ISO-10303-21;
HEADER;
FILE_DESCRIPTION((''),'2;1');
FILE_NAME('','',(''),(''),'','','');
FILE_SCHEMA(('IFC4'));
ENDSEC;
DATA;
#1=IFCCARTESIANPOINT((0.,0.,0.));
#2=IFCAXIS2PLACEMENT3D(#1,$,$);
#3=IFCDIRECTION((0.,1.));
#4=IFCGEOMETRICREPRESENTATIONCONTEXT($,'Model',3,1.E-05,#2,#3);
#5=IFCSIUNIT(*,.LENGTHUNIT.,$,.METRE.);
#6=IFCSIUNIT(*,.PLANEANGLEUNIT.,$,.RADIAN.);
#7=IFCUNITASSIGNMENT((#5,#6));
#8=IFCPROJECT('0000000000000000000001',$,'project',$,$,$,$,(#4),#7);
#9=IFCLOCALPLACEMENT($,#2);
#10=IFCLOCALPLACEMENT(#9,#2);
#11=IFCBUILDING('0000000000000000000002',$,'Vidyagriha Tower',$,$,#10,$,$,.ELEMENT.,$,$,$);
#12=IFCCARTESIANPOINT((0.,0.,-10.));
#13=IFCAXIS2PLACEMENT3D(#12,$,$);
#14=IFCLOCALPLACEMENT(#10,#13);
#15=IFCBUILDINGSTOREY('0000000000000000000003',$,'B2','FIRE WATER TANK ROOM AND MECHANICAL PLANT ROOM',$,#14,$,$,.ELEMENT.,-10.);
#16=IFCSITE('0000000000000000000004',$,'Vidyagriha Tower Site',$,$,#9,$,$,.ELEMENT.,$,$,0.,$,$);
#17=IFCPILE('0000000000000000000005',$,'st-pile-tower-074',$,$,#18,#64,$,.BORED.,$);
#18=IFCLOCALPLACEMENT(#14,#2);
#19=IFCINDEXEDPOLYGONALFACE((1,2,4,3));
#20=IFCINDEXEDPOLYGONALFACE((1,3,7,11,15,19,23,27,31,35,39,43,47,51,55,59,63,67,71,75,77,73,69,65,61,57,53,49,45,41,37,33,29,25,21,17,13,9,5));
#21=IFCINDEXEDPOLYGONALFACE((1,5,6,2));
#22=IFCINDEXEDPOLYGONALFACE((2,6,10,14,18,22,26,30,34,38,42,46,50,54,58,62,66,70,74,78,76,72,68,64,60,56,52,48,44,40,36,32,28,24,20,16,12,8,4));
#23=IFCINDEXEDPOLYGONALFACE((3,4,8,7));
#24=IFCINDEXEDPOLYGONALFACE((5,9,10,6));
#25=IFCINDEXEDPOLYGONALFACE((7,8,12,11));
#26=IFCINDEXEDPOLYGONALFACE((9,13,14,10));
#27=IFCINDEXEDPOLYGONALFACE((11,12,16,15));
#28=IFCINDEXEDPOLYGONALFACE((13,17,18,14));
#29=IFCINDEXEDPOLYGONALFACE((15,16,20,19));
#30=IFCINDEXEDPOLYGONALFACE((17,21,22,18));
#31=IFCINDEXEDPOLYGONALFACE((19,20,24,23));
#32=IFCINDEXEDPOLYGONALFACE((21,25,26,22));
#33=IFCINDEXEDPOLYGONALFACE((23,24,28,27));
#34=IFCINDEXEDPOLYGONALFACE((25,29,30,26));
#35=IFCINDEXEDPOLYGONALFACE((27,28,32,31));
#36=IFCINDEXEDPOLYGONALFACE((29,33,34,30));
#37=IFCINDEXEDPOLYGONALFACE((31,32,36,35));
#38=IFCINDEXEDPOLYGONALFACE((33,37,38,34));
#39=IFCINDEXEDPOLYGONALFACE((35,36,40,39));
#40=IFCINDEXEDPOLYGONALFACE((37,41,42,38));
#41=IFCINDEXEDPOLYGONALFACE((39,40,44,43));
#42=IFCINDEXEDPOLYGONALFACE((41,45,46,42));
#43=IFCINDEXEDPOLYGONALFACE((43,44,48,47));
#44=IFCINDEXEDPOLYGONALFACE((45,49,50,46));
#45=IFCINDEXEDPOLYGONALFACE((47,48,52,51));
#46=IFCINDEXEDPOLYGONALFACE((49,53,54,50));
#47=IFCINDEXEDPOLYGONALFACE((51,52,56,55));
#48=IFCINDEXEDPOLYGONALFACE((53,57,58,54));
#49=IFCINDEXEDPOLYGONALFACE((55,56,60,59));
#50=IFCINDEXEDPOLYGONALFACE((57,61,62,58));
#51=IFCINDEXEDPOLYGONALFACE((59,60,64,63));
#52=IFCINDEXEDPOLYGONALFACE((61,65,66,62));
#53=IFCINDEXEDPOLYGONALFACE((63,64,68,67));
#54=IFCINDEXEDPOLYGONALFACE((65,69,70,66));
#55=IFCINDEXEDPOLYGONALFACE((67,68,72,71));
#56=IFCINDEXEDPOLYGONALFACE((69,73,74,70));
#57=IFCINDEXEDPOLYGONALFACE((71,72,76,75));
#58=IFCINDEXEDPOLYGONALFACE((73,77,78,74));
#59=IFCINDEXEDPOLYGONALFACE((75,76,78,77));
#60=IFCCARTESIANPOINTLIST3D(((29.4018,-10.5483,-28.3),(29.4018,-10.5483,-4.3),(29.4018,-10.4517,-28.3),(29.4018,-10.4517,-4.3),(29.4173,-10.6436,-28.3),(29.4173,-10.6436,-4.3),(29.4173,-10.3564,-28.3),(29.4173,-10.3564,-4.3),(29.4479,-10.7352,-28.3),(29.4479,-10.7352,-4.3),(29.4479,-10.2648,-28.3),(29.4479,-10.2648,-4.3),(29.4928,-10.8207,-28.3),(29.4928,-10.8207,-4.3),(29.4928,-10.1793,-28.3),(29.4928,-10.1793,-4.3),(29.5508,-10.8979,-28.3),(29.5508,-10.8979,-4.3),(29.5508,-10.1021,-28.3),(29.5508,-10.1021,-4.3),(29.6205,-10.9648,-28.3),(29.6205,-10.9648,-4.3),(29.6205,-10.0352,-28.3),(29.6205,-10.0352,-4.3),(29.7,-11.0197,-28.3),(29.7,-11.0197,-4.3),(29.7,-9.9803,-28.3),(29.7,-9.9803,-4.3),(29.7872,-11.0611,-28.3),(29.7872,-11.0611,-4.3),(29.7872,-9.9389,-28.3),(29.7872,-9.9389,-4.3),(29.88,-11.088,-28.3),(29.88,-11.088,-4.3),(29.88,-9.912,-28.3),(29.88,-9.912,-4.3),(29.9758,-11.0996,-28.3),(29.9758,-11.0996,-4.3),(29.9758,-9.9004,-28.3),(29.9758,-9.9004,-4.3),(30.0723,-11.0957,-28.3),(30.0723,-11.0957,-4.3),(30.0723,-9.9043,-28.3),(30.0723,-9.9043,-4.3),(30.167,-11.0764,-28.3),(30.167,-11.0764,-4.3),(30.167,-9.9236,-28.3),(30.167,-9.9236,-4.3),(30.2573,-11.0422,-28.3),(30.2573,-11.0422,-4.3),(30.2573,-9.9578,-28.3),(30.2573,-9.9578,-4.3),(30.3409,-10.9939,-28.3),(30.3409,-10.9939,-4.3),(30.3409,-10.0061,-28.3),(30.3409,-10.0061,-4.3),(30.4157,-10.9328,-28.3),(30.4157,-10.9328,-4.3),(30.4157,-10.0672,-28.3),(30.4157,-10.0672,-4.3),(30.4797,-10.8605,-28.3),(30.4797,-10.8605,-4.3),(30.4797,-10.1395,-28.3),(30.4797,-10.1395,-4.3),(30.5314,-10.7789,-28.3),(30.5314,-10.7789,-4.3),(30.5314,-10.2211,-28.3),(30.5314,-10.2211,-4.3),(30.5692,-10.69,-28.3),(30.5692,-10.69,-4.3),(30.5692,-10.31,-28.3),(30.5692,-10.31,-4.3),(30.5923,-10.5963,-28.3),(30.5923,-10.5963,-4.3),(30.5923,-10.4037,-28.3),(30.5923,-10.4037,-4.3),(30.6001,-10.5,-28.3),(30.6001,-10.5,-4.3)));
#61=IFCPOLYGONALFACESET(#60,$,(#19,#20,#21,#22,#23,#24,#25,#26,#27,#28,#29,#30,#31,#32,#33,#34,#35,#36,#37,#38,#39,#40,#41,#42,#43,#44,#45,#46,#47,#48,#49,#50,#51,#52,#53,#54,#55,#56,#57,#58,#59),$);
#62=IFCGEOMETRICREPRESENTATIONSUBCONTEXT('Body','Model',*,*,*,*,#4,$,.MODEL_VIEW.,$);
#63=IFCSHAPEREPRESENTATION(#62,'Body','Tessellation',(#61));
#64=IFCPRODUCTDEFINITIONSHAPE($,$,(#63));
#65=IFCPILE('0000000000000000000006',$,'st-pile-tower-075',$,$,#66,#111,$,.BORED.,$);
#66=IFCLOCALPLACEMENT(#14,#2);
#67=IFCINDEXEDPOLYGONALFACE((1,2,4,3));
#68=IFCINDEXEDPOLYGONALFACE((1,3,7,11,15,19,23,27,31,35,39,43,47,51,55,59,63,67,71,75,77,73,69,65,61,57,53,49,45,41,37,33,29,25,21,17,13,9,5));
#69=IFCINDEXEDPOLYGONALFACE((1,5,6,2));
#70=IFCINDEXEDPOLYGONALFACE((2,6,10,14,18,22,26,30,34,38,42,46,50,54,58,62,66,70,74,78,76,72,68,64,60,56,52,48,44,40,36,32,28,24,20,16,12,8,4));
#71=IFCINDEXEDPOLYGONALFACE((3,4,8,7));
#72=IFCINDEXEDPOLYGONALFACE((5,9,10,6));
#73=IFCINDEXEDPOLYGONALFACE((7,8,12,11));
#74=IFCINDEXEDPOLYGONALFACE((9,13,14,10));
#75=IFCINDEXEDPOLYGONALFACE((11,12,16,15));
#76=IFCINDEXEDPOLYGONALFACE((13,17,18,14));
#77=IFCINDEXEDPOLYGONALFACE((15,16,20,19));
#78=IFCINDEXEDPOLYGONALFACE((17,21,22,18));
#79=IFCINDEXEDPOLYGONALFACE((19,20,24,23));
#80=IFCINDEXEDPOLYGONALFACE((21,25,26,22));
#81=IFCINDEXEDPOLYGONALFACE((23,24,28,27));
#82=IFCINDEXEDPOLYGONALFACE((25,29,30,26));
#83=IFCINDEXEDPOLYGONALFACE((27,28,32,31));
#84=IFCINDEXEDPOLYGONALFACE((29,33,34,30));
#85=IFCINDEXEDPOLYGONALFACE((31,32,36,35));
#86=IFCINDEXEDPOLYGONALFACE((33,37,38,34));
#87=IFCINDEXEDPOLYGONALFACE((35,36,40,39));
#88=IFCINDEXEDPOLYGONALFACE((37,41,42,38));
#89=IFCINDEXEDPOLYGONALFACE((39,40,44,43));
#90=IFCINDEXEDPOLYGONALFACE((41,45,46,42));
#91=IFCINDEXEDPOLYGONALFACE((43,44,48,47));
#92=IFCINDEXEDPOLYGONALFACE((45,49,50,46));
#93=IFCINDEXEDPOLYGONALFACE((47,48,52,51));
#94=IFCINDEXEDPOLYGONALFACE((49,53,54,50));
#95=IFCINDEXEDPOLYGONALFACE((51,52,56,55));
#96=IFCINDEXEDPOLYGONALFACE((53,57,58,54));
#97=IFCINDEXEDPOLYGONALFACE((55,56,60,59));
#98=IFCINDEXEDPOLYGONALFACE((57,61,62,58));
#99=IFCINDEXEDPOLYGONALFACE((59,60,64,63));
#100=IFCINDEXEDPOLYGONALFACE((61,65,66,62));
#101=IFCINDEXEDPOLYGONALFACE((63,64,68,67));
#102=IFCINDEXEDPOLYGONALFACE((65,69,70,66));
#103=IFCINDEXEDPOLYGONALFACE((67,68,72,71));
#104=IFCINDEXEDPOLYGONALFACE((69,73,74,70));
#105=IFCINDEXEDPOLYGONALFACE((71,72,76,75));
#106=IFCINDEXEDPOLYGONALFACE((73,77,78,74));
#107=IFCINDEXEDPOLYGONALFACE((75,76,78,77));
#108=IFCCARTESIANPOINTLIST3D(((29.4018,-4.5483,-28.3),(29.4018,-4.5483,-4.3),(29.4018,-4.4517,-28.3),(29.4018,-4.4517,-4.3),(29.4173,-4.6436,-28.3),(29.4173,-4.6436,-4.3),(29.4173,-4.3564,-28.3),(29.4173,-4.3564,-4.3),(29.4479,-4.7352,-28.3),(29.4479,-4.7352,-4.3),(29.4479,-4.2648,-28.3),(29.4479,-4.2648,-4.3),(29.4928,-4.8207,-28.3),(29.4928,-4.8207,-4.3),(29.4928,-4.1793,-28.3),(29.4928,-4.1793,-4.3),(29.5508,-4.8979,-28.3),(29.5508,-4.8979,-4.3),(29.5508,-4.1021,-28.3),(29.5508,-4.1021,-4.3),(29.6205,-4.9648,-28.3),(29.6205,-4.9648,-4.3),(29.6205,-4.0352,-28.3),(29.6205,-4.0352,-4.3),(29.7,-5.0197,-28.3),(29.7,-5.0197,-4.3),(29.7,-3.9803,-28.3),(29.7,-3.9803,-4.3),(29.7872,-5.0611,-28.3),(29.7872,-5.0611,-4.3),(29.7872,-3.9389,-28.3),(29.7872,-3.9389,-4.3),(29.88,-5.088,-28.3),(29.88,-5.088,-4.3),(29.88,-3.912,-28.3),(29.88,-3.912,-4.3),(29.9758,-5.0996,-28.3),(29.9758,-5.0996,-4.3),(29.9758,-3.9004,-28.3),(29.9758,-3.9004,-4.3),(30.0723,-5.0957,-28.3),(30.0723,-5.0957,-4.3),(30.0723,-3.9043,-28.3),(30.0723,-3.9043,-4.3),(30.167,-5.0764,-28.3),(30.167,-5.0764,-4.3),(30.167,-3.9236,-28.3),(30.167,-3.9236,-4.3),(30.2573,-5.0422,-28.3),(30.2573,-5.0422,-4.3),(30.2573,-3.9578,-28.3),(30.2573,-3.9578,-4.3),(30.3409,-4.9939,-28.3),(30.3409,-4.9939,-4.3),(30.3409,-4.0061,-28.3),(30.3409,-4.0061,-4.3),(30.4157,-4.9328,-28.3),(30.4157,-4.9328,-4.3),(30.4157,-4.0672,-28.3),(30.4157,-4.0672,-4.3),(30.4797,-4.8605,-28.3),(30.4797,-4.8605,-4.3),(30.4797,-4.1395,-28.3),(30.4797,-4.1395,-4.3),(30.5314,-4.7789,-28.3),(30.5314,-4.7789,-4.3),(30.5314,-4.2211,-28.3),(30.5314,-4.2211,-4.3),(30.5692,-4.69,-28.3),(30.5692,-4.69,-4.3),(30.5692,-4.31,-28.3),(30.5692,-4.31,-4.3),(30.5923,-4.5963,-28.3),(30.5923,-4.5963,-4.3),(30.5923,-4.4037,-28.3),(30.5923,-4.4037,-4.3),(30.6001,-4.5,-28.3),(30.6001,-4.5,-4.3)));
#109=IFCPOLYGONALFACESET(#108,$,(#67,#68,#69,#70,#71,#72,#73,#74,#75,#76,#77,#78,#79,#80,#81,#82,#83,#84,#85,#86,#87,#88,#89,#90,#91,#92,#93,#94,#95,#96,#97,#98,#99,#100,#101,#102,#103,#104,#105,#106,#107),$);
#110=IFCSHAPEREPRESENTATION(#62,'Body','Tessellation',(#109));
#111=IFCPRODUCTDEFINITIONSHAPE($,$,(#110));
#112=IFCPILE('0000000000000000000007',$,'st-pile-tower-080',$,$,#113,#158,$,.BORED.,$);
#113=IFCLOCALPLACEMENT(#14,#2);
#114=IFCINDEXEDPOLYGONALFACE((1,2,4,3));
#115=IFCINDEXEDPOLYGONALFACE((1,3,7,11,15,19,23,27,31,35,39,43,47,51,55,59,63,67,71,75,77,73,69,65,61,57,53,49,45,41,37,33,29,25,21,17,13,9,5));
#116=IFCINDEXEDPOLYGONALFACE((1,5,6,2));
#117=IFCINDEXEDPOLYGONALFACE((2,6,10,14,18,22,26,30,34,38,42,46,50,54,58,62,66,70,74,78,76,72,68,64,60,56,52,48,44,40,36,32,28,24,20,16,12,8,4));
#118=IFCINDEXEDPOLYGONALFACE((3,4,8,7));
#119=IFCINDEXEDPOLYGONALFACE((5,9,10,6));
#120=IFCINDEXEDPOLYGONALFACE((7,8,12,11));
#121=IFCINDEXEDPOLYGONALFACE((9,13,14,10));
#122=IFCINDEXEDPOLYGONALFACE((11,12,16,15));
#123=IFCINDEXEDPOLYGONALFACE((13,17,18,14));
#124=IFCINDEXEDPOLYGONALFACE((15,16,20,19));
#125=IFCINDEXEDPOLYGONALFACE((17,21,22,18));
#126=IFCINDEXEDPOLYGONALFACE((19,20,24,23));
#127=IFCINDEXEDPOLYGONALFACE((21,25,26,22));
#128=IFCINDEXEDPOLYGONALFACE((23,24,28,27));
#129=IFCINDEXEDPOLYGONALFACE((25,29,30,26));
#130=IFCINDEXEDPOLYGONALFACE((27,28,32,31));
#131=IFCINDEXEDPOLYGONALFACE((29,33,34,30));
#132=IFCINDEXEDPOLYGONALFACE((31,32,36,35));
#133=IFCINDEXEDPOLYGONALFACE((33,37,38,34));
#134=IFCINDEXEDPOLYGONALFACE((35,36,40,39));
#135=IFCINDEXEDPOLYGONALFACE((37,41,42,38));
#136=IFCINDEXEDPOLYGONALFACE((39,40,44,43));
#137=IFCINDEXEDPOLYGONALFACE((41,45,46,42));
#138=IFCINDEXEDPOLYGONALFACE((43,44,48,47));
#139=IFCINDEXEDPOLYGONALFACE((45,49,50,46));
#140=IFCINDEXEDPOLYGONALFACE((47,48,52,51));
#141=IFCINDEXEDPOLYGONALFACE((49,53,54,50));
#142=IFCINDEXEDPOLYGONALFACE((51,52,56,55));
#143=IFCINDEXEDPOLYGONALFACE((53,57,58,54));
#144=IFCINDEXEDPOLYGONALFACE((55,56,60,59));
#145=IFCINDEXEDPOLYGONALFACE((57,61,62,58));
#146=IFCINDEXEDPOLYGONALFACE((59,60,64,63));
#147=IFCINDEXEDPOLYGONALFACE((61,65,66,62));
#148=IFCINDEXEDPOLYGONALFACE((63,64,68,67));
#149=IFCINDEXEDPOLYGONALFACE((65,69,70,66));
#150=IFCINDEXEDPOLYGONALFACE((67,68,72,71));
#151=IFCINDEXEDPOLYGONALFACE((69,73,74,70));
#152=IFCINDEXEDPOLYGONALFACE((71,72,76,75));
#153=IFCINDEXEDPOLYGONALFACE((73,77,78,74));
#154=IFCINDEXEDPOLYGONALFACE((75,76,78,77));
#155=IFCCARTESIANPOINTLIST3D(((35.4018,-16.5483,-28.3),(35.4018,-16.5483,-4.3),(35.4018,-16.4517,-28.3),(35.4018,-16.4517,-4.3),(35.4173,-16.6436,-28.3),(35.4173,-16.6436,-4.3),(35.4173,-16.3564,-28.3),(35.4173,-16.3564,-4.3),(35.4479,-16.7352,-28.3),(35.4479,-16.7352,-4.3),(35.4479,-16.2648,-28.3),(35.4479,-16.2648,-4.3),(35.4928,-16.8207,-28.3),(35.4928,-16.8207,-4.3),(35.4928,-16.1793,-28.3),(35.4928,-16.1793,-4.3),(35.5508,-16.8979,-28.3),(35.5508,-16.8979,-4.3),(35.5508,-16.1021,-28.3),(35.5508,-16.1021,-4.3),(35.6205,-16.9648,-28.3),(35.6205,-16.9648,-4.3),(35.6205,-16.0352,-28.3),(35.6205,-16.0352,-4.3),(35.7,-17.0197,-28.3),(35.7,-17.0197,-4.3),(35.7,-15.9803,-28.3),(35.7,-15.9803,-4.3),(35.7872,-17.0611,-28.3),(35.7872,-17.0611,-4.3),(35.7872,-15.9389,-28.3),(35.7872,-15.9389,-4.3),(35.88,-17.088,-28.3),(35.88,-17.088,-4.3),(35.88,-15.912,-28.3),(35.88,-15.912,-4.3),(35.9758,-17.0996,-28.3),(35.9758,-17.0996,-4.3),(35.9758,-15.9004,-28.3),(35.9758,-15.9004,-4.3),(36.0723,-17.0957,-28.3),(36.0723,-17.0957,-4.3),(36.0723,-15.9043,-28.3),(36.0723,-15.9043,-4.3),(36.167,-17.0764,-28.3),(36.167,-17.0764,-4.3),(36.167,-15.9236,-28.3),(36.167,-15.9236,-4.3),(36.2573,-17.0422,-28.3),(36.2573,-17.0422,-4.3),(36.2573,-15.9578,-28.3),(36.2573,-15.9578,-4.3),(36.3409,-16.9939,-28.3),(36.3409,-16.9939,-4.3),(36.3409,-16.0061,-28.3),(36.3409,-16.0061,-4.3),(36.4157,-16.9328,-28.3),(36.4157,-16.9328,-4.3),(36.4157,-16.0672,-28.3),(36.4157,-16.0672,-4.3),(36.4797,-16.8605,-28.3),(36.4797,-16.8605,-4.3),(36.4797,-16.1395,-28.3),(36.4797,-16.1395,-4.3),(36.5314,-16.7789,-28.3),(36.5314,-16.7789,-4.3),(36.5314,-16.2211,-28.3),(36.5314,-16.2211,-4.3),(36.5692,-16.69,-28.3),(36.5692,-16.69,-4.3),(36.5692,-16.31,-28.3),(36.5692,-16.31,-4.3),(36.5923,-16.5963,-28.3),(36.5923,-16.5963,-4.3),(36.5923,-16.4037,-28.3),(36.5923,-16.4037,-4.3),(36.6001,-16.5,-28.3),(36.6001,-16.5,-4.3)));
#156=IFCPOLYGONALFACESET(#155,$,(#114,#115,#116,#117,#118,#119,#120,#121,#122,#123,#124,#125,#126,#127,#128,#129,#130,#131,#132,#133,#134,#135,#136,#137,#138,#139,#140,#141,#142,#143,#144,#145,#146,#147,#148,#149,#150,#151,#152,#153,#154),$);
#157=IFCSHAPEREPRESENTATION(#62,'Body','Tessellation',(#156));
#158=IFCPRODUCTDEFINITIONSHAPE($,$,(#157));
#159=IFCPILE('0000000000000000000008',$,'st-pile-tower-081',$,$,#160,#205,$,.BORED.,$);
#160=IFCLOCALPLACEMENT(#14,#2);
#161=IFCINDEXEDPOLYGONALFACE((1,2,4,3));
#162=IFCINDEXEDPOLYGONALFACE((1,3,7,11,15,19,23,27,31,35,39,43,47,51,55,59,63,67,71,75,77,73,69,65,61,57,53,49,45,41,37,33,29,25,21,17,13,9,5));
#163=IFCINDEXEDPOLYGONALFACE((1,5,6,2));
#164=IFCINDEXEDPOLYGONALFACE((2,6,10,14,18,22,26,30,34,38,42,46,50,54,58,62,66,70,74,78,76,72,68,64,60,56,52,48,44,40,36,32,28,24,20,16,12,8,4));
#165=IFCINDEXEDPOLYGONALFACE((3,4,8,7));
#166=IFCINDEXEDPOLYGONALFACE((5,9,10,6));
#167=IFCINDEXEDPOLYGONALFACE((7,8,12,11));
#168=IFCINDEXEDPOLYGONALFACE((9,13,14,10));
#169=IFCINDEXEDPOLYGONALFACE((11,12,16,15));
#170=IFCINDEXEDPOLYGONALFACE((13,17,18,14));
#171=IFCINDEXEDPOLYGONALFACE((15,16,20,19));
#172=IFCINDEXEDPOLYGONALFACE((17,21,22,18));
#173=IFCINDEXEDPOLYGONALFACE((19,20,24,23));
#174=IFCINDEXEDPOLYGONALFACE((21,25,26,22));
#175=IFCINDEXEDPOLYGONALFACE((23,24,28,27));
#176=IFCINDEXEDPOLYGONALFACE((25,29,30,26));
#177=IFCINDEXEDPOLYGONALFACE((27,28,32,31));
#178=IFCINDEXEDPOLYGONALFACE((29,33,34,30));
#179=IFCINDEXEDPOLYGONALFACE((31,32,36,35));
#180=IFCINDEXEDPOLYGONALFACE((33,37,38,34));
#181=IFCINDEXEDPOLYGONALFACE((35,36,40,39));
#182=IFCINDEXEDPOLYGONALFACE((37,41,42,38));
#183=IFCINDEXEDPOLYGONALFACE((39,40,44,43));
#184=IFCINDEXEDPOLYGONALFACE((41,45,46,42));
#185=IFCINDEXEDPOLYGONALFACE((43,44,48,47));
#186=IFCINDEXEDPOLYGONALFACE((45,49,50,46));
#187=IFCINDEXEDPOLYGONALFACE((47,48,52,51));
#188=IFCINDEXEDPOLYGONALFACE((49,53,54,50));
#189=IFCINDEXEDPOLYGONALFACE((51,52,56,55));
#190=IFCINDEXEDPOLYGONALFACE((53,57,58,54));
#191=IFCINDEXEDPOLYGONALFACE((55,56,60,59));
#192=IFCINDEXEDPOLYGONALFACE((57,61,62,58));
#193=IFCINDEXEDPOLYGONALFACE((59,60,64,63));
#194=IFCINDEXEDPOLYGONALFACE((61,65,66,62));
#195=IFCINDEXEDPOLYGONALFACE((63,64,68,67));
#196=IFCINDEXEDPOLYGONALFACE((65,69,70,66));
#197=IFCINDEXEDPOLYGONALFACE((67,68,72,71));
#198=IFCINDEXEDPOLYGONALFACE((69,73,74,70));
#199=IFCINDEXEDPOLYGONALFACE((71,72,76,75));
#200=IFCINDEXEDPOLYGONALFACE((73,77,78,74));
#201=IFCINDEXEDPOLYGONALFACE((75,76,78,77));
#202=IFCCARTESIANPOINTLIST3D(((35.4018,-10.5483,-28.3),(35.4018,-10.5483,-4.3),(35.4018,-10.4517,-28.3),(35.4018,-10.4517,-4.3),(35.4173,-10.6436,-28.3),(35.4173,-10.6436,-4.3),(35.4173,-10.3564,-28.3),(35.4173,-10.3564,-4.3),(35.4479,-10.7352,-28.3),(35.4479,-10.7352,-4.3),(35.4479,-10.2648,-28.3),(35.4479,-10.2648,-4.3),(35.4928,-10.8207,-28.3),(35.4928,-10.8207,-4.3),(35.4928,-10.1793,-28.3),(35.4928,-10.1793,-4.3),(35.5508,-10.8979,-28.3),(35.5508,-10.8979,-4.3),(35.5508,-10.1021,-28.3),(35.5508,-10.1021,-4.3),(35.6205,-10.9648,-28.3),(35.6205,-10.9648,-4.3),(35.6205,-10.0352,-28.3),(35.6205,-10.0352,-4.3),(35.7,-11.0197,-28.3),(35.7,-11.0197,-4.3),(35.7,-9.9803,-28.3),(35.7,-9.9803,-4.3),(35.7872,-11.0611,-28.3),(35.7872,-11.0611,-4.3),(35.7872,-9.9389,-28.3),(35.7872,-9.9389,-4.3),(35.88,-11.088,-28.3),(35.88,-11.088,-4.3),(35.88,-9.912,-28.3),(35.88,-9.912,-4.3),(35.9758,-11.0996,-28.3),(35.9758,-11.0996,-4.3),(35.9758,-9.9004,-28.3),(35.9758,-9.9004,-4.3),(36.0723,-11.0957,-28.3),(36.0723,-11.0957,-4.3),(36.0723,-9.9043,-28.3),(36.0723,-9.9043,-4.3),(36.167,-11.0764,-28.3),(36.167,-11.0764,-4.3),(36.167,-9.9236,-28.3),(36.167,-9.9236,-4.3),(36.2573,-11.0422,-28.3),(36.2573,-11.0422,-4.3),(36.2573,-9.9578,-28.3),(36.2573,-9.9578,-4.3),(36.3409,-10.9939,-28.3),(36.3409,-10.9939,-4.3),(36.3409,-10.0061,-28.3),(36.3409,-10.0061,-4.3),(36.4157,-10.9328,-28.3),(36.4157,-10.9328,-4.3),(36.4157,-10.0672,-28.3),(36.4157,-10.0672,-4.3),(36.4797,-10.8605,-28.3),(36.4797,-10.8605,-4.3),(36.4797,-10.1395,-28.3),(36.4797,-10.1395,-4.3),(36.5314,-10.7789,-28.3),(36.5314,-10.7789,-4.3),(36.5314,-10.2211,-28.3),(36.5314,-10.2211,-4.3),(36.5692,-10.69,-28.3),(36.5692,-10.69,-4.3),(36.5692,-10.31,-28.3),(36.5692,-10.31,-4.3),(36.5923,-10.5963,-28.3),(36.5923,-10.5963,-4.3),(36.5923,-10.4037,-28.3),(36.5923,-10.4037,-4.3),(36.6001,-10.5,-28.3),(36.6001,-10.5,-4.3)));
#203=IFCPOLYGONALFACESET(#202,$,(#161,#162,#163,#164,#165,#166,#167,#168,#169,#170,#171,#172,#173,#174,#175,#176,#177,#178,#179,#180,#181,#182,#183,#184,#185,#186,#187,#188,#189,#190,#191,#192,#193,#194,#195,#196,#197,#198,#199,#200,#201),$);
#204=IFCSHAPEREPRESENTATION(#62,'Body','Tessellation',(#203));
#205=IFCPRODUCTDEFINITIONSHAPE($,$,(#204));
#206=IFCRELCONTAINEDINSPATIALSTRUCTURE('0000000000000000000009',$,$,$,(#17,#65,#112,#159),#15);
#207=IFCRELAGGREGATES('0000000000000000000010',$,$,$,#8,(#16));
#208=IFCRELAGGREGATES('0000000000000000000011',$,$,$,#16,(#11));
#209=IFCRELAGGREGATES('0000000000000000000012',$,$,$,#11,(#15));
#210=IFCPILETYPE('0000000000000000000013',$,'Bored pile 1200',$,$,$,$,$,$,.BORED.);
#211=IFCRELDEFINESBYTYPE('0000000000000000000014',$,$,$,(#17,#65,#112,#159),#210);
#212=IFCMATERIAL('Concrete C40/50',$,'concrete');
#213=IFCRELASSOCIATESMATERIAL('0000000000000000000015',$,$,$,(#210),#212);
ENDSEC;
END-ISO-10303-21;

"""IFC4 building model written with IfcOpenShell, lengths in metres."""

from ifc_helpers import new_model, si_unit, direction, frame, origin, origin_2d, place, context, subcontext, project, spatial, circle, extrude, material, material_profile, profile_set, type_object, element, save


model = new_model("IFC4")

# Units and contexts
model_context = context("Model", 3, precision=1e-05, world=origin(), true_north=direction((0.0, 1.0)))
body_context = subcontext(model_context, "Body", "Model", "MODEL_VIEW")
ifc_project = project(units=[si_unit("LENGTHUNIT", "METRE"), si_unit("PLANEANGLEUNIT", "RADIAN")], contexts=[model_context])

# Site, building, storey
site_placement = place(None, origin())
site = spatial("IfcSite", under=ifc_project, at=site_placement, Name="Vidyagriha Tower Site", CompositionType="ELEMENT", RefElevation=0.0)
building_placement = place(site_placement, origin())
building = spatial("IfcBuilding", under=site, at=building_placement, Name="Vidyagriha Tower", CompositionType="ELEMENT")
storey_placement = place(building_placement, frame((0.0, 0.0, -10.0)))
storey = spatial("IfcBuildingStorey", under=building, at=storey_placement, Name="B2", Description="FIRE WATER TANK ROOM AND MECHANICAL PLANT ROOM", CompositionType="ELEMENT", Elevation=-10.0)

# Piles
ifc_material_1 = material(Name="Concrete C40/50", Category="concrete")
ifc_material_profile_1 = material_profile(ifc_material_1, circle(Radius=0.6001, at=origin_2d()), Name="Bored pile 1200")
ifc_profile_set_1 = profile_set([ifc_material_profile_1], Name="Concrete C40/50")
pile_type = type_object("IfcPileType", Name="Bored pile 1200", PredefinedType="BORED", material=ifc_profile_set_1)
for number, where, z_axis, x_axis, name in (
    (1, (30.0, -10.5, -4.3), (0.0, 0.0, -1.0), (1.0, 0.0, 0.0), "st-pile-tower-074"),
    (2, (30.0, -4.5, -4.3), (0.0, 0.0, -1.0), (1.0, 0.0, 0.0), "st-pile-tower-075"),
    (3, (36.0, -16.5, -4.3), (0.0, 0.0, -1.0), (1.0, 0.0, 0.0), "st-pile-tower-080"),
    (4, (36.0, -10.5, -4.3), (0.0, 0.0, -1.0), (1.0, 0.0, 0.0), "st-pile-tower-081"),
):
    element("IfcPile", number, at=place(storey_placement, frame(where, z_axis=z_axis, x_axis=x_axis)), inside=storey, type_object=pile_type, Name=name, PredefinedType="BORED", context=body_context, shape_type="SweptSolid", body=[
        extrude(circle(Radius=0.6001, at=origin_2d()), origin(), (0.0, 0.0, 1.0), 24.0),
    ])

save(model, "model.ifc")
